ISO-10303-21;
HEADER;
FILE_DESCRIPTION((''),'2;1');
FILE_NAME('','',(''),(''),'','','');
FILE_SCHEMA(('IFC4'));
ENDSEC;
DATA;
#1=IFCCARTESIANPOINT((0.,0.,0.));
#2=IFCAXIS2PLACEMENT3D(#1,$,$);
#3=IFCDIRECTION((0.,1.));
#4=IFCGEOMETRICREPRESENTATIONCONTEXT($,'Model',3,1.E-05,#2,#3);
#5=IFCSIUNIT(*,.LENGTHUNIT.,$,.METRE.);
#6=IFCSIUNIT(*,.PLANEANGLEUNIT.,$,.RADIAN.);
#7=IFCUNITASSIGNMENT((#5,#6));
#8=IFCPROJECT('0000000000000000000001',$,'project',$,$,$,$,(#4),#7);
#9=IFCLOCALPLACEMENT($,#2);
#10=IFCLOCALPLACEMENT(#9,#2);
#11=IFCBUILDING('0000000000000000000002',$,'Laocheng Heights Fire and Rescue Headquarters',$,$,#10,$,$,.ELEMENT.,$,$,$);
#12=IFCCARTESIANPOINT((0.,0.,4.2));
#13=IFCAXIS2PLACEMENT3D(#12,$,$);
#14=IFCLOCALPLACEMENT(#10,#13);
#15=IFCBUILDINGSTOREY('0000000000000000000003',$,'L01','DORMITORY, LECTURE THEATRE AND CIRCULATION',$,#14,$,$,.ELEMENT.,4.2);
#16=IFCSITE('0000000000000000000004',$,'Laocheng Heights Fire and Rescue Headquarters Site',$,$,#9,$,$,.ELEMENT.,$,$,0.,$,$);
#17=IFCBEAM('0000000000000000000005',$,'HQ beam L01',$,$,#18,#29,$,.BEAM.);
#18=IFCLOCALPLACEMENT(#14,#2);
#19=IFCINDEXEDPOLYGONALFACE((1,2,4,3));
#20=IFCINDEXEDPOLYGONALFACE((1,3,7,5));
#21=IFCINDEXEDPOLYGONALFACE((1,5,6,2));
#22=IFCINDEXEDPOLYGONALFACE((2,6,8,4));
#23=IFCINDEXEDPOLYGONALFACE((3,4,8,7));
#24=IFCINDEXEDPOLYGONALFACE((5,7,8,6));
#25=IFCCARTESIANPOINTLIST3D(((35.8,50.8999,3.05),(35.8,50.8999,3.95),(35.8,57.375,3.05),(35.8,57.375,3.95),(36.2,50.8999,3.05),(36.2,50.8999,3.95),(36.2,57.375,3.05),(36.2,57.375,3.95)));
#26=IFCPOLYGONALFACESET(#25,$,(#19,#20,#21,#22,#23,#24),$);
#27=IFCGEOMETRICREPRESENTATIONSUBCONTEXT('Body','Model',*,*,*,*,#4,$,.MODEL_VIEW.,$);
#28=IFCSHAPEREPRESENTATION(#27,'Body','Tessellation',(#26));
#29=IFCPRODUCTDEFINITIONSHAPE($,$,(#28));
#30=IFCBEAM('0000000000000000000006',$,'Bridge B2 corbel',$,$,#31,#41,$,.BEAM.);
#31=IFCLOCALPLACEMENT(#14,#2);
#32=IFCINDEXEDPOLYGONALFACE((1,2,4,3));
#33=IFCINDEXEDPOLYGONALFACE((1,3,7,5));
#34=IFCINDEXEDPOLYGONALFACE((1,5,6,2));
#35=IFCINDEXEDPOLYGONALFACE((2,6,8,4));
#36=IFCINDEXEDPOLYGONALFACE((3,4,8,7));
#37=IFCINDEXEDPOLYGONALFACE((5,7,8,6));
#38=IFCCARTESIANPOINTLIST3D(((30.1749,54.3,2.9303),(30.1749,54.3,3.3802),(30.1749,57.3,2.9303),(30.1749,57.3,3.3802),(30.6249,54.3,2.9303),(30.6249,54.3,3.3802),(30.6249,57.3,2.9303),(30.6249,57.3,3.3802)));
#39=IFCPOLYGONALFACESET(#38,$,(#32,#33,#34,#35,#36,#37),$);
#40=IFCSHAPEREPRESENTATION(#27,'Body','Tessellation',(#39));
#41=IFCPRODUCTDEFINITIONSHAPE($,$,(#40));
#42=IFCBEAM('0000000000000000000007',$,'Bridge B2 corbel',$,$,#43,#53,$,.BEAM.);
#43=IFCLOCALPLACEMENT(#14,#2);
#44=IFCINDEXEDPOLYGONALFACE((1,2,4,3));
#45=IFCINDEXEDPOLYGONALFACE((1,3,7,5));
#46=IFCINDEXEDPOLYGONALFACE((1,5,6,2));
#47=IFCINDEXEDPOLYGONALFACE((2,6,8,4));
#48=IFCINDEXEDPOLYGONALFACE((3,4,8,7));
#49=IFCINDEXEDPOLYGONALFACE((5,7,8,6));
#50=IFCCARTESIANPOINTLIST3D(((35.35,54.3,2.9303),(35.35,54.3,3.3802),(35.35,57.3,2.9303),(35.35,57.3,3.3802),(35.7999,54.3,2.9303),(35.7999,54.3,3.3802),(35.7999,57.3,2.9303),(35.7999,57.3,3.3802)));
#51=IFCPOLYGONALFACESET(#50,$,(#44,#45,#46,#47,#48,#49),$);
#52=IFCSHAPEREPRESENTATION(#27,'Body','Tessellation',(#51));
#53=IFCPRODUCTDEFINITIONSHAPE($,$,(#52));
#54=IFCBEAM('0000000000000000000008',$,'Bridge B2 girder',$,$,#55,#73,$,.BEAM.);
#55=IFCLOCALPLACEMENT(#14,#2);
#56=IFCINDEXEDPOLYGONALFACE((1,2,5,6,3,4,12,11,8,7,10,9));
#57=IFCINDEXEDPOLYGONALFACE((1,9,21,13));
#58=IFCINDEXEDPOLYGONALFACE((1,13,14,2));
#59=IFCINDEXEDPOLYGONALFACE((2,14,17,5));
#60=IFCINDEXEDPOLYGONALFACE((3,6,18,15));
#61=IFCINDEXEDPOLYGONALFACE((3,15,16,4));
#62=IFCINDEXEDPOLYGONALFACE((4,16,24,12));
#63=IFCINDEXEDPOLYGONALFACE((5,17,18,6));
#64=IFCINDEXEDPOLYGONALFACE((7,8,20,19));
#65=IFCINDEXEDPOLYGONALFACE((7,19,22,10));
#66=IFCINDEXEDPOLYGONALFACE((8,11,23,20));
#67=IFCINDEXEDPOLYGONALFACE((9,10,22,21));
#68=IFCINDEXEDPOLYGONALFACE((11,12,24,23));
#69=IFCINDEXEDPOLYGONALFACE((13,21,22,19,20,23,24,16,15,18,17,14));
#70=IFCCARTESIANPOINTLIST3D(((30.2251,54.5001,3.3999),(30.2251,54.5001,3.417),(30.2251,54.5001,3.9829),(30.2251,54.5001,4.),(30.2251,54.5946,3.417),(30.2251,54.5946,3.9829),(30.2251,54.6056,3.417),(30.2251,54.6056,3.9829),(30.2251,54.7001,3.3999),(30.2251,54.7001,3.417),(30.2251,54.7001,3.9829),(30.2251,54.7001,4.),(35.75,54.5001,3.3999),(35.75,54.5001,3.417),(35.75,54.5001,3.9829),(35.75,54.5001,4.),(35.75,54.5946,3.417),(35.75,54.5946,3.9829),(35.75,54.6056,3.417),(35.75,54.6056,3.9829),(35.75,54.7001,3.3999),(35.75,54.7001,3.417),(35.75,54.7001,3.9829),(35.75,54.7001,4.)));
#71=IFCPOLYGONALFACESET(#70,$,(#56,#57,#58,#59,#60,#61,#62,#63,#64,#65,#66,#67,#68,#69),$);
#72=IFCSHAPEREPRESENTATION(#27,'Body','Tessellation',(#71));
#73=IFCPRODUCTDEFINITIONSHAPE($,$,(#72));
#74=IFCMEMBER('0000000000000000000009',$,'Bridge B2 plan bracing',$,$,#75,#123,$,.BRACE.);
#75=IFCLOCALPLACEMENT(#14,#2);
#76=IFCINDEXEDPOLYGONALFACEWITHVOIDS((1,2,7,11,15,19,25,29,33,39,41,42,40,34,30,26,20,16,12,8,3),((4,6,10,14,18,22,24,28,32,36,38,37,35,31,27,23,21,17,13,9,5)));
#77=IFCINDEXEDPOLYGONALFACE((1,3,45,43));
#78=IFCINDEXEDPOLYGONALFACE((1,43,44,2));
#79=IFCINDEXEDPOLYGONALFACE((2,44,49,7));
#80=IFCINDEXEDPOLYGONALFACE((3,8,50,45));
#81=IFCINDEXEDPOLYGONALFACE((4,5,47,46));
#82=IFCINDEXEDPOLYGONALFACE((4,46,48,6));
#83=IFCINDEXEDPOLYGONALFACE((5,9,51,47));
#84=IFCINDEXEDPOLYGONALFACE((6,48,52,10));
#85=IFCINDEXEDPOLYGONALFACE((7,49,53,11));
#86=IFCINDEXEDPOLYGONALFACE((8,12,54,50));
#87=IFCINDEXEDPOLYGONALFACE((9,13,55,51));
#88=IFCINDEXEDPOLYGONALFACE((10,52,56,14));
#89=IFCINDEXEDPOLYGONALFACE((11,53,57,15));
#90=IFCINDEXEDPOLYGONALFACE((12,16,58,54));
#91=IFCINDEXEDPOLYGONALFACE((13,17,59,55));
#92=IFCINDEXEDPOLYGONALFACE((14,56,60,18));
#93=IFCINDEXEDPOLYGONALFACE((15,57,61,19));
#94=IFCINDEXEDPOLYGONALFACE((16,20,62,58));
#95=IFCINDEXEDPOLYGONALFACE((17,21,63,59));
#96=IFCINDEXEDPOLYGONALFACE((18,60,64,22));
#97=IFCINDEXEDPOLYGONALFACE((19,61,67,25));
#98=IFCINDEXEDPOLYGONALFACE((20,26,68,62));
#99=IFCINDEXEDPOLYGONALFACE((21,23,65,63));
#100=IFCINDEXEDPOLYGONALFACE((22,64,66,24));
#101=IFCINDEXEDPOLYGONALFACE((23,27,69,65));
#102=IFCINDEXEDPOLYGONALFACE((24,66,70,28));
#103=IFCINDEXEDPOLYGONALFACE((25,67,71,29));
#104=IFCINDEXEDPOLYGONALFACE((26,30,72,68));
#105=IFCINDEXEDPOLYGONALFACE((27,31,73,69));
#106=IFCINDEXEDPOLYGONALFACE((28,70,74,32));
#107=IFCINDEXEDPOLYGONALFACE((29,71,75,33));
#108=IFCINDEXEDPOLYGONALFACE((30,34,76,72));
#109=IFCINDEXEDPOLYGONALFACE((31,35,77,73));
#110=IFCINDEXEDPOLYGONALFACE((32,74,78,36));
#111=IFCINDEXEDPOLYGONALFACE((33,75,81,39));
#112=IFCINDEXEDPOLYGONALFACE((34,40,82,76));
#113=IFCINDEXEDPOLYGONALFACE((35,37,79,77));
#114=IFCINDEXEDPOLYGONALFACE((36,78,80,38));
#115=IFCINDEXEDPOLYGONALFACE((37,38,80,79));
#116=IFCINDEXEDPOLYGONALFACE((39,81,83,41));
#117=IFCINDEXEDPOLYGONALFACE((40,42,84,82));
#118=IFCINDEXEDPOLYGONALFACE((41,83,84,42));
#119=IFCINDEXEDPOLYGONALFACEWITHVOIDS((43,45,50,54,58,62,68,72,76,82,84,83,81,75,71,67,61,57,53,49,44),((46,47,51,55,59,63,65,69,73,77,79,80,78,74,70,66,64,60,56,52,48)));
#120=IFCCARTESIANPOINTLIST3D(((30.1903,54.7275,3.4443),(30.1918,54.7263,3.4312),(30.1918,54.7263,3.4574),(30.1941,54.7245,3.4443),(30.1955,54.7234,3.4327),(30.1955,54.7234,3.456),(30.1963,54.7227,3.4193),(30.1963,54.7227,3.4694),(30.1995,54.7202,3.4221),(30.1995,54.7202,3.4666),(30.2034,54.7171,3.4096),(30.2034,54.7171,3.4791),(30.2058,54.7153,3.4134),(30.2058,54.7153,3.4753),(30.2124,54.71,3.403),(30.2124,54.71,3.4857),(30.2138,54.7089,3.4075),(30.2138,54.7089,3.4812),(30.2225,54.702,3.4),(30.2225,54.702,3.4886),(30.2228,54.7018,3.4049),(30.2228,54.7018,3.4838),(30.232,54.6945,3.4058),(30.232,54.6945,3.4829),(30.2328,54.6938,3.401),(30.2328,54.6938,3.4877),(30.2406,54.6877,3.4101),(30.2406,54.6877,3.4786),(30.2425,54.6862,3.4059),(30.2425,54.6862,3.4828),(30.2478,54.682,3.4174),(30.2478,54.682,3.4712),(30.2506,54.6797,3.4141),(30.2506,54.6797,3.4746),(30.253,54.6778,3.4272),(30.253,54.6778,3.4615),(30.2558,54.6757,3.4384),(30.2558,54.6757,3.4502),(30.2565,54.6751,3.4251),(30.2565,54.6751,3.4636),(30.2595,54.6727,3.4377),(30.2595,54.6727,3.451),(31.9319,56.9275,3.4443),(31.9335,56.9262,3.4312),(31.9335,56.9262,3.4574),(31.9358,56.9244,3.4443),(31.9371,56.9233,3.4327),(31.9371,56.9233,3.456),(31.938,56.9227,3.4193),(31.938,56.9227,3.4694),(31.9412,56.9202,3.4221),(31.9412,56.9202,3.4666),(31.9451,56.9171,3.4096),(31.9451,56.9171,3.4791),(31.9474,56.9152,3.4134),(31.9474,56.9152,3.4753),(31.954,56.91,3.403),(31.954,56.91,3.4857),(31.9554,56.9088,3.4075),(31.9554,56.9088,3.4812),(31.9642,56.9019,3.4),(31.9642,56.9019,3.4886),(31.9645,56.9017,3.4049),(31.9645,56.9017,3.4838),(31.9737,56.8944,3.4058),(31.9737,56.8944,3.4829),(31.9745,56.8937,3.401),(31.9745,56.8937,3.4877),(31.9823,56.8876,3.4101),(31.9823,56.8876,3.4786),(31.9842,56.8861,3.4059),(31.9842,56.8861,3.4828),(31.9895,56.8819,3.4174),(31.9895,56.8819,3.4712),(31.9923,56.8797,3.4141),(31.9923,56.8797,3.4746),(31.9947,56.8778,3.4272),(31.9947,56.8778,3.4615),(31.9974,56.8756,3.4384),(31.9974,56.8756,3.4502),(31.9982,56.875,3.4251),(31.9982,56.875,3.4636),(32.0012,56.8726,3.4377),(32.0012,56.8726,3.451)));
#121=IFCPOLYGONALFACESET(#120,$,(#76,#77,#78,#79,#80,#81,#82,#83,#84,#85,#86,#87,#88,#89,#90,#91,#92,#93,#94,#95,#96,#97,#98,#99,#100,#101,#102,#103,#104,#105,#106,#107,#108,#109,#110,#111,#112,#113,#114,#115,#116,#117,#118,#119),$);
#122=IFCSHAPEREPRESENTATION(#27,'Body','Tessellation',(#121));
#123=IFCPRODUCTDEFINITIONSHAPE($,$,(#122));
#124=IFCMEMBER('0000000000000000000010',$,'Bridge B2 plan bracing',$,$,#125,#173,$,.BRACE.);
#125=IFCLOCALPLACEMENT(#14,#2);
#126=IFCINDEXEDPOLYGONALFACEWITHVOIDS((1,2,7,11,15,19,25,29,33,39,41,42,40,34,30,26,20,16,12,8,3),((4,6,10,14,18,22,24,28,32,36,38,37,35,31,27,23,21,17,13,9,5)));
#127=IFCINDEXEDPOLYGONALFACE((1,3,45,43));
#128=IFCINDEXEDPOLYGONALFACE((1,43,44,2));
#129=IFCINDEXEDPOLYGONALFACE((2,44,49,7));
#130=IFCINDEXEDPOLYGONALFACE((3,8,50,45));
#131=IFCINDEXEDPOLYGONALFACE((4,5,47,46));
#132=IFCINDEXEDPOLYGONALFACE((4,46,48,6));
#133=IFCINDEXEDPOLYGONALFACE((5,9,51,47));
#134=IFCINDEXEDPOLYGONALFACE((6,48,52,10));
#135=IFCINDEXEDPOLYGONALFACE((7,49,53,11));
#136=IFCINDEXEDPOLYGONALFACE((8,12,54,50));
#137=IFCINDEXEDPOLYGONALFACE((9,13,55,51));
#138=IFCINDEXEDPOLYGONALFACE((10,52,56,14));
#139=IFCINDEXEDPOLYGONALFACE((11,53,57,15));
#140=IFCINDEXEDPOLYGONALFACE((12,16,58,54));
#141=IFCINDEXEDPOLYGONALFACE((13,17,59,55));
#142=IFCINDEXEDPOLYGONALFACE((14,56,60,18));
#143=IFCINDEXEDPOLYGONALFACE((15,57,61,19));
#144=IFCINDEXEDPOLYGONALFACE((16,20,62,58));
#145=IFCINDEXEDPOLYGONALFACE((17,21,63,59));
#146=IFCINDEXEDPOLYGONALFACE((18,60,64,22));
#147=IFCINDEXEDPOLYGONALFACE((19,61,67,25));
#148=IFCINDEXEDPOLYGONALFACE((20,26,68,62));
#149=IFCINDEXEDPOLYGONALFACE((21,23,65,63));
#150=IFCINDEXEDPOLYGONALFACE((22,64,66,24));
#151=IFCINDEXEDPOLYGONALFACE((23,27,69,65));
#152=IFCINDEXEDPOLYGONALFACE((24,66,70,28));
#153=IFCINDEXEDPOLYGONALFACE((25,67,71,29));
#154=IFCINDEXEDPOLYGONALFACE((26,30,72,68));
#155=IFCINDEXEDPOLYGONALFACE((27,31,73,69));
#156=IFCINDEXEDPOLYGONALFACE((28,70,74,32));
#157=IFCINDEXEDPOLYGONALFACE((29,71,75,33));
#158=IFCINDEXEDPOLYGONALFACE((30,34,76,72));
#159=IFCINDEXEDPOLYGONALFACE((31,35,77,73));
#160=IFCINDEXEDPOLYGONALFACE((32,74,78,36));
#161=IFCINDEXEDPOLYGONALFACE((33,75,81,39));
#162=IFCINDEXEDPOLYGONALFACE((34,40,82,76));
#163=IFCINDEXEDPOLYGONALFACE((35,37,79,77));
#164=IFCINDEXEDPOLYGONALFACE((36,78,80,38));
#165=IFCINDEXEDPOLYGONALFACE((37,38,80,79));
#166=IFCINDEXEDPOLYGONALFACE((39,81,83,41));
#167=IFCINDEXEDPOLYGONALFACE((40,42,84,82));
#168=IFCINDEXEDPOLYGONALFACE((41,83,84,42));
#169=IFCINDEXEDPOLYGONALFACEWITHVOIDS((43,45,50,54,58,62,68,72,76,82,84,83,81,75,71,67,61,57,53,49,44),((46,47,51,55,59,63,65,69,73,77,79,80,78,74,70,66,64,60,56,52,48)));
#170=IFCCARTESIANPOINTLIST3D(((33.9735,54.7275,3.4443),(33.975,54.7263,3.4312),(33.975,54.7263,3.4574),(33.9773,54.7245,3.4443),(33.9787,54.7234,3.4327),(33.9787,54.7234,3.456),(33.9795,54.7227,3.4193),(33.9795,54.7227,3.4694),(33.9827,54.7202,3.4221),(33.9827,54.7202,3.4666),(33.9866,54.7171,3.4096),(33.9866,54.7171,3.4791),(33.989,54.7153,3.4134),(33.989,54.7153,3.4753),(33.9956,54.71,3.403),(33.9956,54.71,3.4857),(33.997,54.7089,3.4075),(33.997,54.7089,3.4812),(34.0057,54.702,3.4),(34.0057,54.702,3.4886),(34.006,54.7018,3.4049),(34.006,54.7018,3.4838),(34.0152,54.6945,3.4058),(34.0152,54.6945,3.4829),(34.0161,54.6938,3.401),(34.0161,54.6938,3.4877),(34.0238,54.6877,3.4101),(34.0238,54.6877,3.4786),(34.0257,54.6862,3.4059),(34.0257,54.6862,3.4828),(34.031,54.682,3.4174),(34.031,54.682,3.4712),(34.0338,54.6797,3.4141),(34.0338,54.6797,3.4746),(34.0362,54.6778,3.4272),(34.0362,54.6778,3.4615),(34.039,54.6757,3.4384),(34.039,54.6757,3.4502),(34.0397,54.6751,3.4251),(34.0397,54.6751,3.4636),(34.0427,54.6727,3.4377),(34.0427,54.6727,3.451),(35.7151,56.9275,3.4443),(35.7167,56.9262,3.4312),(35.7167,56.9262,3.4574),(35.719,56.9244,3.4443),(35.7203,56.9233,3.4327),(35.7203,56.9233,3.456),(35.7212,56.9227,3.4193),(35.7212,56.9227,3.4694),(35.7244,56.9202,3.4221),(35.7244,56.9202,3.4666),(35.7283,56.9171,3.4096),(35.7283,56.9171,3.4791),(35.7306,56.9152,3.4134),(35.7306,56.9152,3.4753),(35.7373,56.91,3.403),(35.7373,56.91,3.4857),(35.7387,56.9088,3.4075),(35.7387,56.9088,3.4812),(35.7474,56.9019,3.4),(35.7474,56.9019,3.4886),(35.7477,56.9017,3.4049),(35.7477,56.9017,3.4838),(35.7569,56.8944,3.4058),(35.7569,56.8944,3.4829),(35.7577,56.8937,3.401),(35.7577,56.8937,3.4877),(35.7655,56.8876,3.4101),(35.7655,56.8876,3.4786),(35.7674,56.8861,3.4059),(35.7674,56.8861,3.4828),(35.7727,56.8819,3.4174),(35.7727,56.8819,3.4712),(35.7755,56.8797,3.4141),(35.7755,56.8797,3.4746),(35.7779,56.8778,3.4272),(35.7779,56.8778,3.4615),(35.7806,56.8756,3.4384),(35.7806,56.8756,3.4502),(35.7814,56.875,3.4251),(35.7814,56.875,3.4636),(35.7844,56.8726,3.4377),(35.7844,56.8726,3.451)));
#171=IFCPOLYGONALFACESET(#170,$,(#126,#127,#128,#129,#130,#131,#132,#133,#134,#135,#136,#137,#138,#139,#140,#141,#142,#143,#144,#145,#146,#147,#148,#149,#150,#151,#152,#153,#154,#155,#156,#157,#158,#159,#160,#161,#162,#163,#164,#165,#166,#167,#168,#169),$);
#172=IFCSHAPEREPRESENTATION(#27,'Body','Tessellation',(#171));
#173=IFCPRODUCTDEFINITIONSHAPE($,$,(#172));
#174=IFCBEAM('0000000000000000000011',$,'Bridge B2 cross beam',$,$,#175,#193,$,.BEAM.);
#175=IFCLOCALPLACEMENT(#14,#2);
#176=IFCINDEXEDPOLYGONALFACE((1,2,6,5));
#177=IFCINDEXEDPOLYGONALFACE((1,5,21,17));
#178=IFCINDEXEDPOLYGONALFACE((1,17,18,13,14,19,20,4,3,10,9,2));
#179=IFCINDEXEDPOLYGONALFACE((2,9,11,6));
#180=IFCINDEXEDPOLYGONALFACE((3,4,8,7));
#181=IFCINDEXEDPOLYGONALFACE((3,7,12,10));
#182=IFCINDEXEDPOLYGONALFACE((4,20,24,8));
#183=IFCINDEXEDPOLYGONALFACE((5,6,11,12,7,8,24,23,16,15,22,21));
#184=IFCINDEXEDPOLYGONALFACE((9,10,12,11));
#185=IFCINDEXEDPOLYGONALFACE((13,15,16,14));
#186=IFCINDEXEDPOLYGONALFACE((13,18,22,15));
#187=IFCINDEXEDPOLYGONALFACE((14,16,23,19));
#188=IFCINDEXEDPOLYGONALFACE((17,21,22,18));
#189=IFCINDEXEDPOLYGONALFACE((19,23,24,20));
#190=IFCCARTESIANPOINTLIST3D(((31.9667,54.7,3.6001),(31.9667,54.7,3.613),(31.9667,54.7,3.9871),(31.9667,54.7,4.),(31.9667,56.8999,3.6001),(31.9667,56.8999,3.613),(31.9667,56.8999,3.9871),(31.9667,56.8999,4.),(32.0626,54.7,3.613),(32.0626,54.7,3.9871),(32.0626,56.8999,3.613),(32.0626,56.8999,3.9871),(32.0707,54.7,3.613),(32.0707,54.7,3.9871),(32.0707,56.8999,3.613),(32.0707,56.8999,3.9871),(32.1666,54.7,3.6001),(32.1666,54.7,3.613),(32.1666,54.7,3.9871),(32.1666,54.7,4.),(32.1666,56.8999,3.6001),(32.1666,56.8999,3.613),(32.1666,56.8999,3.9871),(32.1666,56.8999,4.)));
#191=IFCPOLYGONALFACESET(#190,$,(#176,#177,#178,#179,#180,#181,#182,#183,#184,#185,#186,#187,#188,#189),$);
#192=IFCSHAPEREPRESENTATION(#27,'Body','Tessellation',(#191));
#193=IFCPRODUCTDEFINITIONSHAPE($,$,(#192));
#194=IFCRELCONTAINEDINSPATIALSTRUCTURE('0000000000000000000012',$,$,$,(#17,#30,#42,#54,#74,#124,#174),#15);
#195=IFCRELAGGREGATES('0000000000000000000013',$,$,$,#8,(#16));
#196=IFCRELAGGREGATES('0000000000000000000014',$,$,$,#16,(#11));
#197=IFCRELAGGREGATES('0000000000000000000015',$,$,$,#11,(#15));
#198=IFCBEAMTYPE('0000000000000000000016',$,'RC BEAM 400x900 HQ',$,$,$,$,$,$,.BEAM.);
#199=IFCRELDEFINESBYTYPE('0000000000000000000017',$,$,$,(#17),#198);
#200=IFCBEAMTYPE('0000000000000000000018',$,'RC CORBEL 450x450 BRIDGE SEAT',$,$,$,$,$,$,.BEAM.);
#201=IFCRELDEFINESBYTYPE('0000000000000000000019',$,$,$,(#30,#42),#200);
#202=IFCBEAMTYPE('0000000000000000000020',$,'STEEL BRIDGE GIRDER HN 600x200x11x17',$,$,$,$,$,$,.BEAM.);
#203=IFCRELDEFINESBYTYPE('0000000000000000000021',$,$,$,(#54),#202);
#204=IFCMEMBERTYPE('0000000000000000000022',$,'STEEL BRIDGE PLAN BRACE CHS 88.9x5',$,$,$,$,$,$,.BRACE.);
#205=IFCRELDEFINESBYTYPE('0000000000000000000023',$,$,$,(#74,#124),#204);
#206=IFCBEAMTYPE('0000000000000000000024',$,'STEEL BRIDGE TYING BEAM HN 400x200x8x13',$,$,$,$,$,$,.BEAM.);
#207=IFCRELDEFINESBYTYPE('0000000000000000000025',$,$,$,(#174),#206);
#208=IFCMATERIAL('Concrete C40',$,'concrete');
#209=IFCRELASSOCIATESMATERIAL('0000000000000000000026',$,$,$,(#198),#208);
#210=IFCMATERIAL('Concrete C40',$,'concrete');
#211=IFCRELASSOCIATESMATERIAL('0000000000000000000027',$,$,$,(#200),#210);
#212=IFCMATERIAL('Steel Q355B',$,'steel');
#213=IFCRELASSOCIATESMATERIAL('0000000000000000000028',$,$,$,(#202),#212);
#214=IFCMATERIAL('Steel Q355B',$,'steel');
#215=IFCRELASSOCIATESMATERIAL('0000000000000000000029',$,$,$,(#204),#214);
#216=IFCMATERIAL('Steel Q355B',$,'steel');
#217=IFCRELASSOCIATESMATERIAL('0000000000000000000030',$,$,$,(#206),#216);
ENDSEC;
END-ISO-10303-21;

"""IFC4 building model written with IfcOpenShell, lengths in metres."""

from ifc_helpers import new_model, si_unit, direction, frame, origin, origin_2d, place, context, subcontext, project, spatial, rectangle, hollow_circle, i_section, extrude, material, material_profile, profile_set, type_object, element, save


model = new_model("IFC4")

# Units and contexts
model_context = context("Model", 3, precision=1e-05, world=origin(), true_north=direction((0.0, 1.0)))
body_context = subcontext(model_context, "Body", "Model", "MODEL_VIEW")
ifc_project = project(units=[si_unit("LENGTHUNIT", "METRE"), si_unit("PLANEANGLEUNIT", "RADIAN")], contexts=[model_context])

# Site, building, storey
site_placement = place(None, origin())
site = spatial("IfcSite", under=ifc_project, at=site_placement, Name="Laocheng Heights Fire and Rescue Headquarters Site", CompositionType="ELEMENT", RefElevation=0.0)
building_placement = place(site_placement, origin())
building = spatial("IfcBuilding", under=site, at=building_placement, Name="Laocheng Heights Fire and Rescue Headquarters", CompositionType="ELEMENT")
storey_placement = place(building_placement, frame((0.0, 0.0, 4.2)))
storey = spatial("IfcBuildingStorey", under=building, at=storey_placement, Name="L01", Description="DORMITORY, LECTURE THEATRE AND CIRCULATION", CompositionType="ELEMENT", Elevation=4.2)

# Beams
ifc_material_1 = material(Name="Concrete C40", Category="concrete")
ifc_material_profile_1 = material_profile(ifc_material_1, rectangle(XDim=0.3999, YDim=0.8999, at=origin_2d()), Name="RC BEAM 400x900 HQ")
ifc_profile_set_1 = profile_set([ifc_material_profile_1], Name="Concrete C40")
beam_type_1 = type_object("IfcBeamType", Name="RC BEAM 400x900 HQ", PredefinedType="BEAM", material=ifc_profile_set_1)
beam_1_placement = place(storey_placement, frame((36.0, 50.8999, 3.5), z_axis=(0.0, 1.0, 0.0), x_axis=(-1.0, 0.0, 0.0)))
element("IfcBeam", 1, at=beam_1_placement, inside=storey, type_object=beam_type_1, Name="HQ beam L01", PredefinedType="BEAM", context=body_context, shape_type="SweptSolid", body=[
    extrude(rectangle(XDim=0.3999, YDim=0.8999, at=origin_2d()), origin(), (0.0, 0.0, 1.0), 6.4751),
])
ifc_material_2 = material(Name="Concrete C40", Category="concrete")
ifc_material_profile_2 = material_profile(ifc_material_2, rectangle(XDim=0.45, YDim=0.45, at=origin_2d()), Name="RC CORBEL 450x450 BRIDGE SEAT")
ifc_profile_set_2 = profile_set([ifc_material_profile_2], Name="Concrete C40")
beam_type_2 = type_object("IfcBeamType", Name="RC CORBEL 450x450 BRIDGE SEAT", PredefinedType="BEAM", material=ifc_profile_set_2)
for number, where, z_axis, x_axis, name in (
    (2, (30.3999, 54.3, 3.1553), (0.0, 1.0, 0.0), (-1.0, 0.0, 0.0), "Bridge B2 corbel"),
    (3, (35.575, 54.3, 3.1553), (0.0, 1.0, 0.0), (-1.0, 0.0, 0.0), "Bridge B2 corbel"),
):
    element("IfcBeam", number, at=place(storey_placement, frame(where, z_axis=z_axis, x_axis=x_axis)), inside=storey, type_object=beam_type_2, Name=name, PredefinedType="BEAM", context=body_context, shape_type="SweptSolid", body=[
        extrude(rectangle(XDim=0.45, YDim=0.45, at=origin_2d()), origin(), (0.0, 0.0, 1.0), 3.0),
    ])
ifc_material_3 = material(Name="Steel Q355B", Category="steel")
ifc_material_profile_3 = material_profile(ifc_material_3, i_section(OverallWidth=0.2, OverallDepth=0.6001, WebThickness=0.011, FlangeThickness=0.0171, at=origin_2d()), Name="HN 600x200x11x17")
ifc_profile_set_3 = profile_set([ifc_material_profile_3], Name="Steel Q355B")
beam_type_3 = type_object("IfcBeamType", Name="STEEL BRIDGE GIRDER HN 600x200x11x17", PredefinedType="BEAM", material=ifc_profile_set_3)
beam_2_placement = place(storey_placement, frame((30.2251, 54.6001, 3.7), z_axis=(1.0, 0.0, 0.0), x_axis=(0.0, 1.0, 0.0)))
element("IfcBeam", 4, at=beam_2_placement, inside=storey, type_object=beam_type_3, Name="Bridge B2 girder", PredefinedType="BEAM", context=body_context, shape_type="SweptSolid", body=[
    extrude(i_section(OverallWidth=0.2, OverallDepth=0.6001, WebThickness=0.011, FlangeThickness=0.0171, at=origin_2d()), origin(), (0.0, 0.0, 1.0), 5.5249),
])

# Members
ifc_material_4 = material(Name="Steel Q355B", Category="steel")
ifc_material_profile_4 = material_profile(ifc_material_4, hollow_circle(Radius=0.0444, WallThickness=0.0049, at=origin_2d()), Name="CHS 88.9x5")
ifc_profile_set_4 = profile_set([ifc_material_profile_4], Name="Steel Q355B")
member_type = type_object("IfcMemberType", Name="STEEL BRIDGE PLAN BRACE CHS 88.9x5", PredefinedType="BRACE", material=ifc_profile_set_4)
for number, where, z_axis, x_axis, name in (
    (5, (30.2251, 54.7, 3.4443), (0.620719, 0.784033, 0.0), (-0.784033, 0.620719, 0.0), "Bridge B2 plan bracing"),
    (6, (34.0083, 54.7, 3.4443), (0.620719, 0.784033, 0.0), (-0.784033, 0.620719, 0.0), "Bridge B2 plan bracing"),
):
    element("IfcMember", number, at=place(storey_placement, frame(where, z_axis=z_axis, x_axis=x_axis)), inside=storey, type_object=member_type, Name=name, PredefinedType="BRACE", context=body_context, shape_type="SweptSolid", body=[
        extrude(hollow_circle(Radius=0.0444, WallThickness=0.0049, at=origin_2d()), origin(), (0.0, 0.0, 1.0), 2.8059),
    ])

# Beam
ifc_material_5 = material(Name="Steel Q355B", Category="steel")
ifc_material_profile_5 = material_profile(ifc_material_5, i_section(OverallWidth=0.2, OverallDepth=0.3999, WebThickness=0.0081, FlangeThickness=0.0129, at=origin_2d()), Name="HN 400x200x8x13")
ifc_profile_set_5 = profile_set([ifc_material_profile_5], Name="Steel Q355B")
beam_type_4 = type_object("IfcBeamType", Name="STEEL BRIDGE TYING BEAM HN 400x200x8x13", PredefinedType="BEAM", material=ifc_profile_set_5)
for number, where, z_axis, x_axis, name in (
    (7, (32.0667, 54.7, 3.8), (0.0, 1.0, 0.0), (-1.0, 0.0, 0.0), "Bridge B2 cross beam"),
):
    element("IfcBeam", number, at=place(storey_placement, frame(where, z_axis=z_axis, x_axis=x_axis)), inside=storey, type_object=beam_type_4, Name=name, PredefinedType="BEAM", context=body_context, shape_type="SweptSolid", body=[
        extrude(i_section(OverallWidth=0.2, OverallDepth=0.3999, WebThickness=0.0081, FlangeThickness=0.0129, at=origin_2d()), origin(), (0.0, 0.0, 1.0), 2.2),
    ])

save(model, "model.ifc")
